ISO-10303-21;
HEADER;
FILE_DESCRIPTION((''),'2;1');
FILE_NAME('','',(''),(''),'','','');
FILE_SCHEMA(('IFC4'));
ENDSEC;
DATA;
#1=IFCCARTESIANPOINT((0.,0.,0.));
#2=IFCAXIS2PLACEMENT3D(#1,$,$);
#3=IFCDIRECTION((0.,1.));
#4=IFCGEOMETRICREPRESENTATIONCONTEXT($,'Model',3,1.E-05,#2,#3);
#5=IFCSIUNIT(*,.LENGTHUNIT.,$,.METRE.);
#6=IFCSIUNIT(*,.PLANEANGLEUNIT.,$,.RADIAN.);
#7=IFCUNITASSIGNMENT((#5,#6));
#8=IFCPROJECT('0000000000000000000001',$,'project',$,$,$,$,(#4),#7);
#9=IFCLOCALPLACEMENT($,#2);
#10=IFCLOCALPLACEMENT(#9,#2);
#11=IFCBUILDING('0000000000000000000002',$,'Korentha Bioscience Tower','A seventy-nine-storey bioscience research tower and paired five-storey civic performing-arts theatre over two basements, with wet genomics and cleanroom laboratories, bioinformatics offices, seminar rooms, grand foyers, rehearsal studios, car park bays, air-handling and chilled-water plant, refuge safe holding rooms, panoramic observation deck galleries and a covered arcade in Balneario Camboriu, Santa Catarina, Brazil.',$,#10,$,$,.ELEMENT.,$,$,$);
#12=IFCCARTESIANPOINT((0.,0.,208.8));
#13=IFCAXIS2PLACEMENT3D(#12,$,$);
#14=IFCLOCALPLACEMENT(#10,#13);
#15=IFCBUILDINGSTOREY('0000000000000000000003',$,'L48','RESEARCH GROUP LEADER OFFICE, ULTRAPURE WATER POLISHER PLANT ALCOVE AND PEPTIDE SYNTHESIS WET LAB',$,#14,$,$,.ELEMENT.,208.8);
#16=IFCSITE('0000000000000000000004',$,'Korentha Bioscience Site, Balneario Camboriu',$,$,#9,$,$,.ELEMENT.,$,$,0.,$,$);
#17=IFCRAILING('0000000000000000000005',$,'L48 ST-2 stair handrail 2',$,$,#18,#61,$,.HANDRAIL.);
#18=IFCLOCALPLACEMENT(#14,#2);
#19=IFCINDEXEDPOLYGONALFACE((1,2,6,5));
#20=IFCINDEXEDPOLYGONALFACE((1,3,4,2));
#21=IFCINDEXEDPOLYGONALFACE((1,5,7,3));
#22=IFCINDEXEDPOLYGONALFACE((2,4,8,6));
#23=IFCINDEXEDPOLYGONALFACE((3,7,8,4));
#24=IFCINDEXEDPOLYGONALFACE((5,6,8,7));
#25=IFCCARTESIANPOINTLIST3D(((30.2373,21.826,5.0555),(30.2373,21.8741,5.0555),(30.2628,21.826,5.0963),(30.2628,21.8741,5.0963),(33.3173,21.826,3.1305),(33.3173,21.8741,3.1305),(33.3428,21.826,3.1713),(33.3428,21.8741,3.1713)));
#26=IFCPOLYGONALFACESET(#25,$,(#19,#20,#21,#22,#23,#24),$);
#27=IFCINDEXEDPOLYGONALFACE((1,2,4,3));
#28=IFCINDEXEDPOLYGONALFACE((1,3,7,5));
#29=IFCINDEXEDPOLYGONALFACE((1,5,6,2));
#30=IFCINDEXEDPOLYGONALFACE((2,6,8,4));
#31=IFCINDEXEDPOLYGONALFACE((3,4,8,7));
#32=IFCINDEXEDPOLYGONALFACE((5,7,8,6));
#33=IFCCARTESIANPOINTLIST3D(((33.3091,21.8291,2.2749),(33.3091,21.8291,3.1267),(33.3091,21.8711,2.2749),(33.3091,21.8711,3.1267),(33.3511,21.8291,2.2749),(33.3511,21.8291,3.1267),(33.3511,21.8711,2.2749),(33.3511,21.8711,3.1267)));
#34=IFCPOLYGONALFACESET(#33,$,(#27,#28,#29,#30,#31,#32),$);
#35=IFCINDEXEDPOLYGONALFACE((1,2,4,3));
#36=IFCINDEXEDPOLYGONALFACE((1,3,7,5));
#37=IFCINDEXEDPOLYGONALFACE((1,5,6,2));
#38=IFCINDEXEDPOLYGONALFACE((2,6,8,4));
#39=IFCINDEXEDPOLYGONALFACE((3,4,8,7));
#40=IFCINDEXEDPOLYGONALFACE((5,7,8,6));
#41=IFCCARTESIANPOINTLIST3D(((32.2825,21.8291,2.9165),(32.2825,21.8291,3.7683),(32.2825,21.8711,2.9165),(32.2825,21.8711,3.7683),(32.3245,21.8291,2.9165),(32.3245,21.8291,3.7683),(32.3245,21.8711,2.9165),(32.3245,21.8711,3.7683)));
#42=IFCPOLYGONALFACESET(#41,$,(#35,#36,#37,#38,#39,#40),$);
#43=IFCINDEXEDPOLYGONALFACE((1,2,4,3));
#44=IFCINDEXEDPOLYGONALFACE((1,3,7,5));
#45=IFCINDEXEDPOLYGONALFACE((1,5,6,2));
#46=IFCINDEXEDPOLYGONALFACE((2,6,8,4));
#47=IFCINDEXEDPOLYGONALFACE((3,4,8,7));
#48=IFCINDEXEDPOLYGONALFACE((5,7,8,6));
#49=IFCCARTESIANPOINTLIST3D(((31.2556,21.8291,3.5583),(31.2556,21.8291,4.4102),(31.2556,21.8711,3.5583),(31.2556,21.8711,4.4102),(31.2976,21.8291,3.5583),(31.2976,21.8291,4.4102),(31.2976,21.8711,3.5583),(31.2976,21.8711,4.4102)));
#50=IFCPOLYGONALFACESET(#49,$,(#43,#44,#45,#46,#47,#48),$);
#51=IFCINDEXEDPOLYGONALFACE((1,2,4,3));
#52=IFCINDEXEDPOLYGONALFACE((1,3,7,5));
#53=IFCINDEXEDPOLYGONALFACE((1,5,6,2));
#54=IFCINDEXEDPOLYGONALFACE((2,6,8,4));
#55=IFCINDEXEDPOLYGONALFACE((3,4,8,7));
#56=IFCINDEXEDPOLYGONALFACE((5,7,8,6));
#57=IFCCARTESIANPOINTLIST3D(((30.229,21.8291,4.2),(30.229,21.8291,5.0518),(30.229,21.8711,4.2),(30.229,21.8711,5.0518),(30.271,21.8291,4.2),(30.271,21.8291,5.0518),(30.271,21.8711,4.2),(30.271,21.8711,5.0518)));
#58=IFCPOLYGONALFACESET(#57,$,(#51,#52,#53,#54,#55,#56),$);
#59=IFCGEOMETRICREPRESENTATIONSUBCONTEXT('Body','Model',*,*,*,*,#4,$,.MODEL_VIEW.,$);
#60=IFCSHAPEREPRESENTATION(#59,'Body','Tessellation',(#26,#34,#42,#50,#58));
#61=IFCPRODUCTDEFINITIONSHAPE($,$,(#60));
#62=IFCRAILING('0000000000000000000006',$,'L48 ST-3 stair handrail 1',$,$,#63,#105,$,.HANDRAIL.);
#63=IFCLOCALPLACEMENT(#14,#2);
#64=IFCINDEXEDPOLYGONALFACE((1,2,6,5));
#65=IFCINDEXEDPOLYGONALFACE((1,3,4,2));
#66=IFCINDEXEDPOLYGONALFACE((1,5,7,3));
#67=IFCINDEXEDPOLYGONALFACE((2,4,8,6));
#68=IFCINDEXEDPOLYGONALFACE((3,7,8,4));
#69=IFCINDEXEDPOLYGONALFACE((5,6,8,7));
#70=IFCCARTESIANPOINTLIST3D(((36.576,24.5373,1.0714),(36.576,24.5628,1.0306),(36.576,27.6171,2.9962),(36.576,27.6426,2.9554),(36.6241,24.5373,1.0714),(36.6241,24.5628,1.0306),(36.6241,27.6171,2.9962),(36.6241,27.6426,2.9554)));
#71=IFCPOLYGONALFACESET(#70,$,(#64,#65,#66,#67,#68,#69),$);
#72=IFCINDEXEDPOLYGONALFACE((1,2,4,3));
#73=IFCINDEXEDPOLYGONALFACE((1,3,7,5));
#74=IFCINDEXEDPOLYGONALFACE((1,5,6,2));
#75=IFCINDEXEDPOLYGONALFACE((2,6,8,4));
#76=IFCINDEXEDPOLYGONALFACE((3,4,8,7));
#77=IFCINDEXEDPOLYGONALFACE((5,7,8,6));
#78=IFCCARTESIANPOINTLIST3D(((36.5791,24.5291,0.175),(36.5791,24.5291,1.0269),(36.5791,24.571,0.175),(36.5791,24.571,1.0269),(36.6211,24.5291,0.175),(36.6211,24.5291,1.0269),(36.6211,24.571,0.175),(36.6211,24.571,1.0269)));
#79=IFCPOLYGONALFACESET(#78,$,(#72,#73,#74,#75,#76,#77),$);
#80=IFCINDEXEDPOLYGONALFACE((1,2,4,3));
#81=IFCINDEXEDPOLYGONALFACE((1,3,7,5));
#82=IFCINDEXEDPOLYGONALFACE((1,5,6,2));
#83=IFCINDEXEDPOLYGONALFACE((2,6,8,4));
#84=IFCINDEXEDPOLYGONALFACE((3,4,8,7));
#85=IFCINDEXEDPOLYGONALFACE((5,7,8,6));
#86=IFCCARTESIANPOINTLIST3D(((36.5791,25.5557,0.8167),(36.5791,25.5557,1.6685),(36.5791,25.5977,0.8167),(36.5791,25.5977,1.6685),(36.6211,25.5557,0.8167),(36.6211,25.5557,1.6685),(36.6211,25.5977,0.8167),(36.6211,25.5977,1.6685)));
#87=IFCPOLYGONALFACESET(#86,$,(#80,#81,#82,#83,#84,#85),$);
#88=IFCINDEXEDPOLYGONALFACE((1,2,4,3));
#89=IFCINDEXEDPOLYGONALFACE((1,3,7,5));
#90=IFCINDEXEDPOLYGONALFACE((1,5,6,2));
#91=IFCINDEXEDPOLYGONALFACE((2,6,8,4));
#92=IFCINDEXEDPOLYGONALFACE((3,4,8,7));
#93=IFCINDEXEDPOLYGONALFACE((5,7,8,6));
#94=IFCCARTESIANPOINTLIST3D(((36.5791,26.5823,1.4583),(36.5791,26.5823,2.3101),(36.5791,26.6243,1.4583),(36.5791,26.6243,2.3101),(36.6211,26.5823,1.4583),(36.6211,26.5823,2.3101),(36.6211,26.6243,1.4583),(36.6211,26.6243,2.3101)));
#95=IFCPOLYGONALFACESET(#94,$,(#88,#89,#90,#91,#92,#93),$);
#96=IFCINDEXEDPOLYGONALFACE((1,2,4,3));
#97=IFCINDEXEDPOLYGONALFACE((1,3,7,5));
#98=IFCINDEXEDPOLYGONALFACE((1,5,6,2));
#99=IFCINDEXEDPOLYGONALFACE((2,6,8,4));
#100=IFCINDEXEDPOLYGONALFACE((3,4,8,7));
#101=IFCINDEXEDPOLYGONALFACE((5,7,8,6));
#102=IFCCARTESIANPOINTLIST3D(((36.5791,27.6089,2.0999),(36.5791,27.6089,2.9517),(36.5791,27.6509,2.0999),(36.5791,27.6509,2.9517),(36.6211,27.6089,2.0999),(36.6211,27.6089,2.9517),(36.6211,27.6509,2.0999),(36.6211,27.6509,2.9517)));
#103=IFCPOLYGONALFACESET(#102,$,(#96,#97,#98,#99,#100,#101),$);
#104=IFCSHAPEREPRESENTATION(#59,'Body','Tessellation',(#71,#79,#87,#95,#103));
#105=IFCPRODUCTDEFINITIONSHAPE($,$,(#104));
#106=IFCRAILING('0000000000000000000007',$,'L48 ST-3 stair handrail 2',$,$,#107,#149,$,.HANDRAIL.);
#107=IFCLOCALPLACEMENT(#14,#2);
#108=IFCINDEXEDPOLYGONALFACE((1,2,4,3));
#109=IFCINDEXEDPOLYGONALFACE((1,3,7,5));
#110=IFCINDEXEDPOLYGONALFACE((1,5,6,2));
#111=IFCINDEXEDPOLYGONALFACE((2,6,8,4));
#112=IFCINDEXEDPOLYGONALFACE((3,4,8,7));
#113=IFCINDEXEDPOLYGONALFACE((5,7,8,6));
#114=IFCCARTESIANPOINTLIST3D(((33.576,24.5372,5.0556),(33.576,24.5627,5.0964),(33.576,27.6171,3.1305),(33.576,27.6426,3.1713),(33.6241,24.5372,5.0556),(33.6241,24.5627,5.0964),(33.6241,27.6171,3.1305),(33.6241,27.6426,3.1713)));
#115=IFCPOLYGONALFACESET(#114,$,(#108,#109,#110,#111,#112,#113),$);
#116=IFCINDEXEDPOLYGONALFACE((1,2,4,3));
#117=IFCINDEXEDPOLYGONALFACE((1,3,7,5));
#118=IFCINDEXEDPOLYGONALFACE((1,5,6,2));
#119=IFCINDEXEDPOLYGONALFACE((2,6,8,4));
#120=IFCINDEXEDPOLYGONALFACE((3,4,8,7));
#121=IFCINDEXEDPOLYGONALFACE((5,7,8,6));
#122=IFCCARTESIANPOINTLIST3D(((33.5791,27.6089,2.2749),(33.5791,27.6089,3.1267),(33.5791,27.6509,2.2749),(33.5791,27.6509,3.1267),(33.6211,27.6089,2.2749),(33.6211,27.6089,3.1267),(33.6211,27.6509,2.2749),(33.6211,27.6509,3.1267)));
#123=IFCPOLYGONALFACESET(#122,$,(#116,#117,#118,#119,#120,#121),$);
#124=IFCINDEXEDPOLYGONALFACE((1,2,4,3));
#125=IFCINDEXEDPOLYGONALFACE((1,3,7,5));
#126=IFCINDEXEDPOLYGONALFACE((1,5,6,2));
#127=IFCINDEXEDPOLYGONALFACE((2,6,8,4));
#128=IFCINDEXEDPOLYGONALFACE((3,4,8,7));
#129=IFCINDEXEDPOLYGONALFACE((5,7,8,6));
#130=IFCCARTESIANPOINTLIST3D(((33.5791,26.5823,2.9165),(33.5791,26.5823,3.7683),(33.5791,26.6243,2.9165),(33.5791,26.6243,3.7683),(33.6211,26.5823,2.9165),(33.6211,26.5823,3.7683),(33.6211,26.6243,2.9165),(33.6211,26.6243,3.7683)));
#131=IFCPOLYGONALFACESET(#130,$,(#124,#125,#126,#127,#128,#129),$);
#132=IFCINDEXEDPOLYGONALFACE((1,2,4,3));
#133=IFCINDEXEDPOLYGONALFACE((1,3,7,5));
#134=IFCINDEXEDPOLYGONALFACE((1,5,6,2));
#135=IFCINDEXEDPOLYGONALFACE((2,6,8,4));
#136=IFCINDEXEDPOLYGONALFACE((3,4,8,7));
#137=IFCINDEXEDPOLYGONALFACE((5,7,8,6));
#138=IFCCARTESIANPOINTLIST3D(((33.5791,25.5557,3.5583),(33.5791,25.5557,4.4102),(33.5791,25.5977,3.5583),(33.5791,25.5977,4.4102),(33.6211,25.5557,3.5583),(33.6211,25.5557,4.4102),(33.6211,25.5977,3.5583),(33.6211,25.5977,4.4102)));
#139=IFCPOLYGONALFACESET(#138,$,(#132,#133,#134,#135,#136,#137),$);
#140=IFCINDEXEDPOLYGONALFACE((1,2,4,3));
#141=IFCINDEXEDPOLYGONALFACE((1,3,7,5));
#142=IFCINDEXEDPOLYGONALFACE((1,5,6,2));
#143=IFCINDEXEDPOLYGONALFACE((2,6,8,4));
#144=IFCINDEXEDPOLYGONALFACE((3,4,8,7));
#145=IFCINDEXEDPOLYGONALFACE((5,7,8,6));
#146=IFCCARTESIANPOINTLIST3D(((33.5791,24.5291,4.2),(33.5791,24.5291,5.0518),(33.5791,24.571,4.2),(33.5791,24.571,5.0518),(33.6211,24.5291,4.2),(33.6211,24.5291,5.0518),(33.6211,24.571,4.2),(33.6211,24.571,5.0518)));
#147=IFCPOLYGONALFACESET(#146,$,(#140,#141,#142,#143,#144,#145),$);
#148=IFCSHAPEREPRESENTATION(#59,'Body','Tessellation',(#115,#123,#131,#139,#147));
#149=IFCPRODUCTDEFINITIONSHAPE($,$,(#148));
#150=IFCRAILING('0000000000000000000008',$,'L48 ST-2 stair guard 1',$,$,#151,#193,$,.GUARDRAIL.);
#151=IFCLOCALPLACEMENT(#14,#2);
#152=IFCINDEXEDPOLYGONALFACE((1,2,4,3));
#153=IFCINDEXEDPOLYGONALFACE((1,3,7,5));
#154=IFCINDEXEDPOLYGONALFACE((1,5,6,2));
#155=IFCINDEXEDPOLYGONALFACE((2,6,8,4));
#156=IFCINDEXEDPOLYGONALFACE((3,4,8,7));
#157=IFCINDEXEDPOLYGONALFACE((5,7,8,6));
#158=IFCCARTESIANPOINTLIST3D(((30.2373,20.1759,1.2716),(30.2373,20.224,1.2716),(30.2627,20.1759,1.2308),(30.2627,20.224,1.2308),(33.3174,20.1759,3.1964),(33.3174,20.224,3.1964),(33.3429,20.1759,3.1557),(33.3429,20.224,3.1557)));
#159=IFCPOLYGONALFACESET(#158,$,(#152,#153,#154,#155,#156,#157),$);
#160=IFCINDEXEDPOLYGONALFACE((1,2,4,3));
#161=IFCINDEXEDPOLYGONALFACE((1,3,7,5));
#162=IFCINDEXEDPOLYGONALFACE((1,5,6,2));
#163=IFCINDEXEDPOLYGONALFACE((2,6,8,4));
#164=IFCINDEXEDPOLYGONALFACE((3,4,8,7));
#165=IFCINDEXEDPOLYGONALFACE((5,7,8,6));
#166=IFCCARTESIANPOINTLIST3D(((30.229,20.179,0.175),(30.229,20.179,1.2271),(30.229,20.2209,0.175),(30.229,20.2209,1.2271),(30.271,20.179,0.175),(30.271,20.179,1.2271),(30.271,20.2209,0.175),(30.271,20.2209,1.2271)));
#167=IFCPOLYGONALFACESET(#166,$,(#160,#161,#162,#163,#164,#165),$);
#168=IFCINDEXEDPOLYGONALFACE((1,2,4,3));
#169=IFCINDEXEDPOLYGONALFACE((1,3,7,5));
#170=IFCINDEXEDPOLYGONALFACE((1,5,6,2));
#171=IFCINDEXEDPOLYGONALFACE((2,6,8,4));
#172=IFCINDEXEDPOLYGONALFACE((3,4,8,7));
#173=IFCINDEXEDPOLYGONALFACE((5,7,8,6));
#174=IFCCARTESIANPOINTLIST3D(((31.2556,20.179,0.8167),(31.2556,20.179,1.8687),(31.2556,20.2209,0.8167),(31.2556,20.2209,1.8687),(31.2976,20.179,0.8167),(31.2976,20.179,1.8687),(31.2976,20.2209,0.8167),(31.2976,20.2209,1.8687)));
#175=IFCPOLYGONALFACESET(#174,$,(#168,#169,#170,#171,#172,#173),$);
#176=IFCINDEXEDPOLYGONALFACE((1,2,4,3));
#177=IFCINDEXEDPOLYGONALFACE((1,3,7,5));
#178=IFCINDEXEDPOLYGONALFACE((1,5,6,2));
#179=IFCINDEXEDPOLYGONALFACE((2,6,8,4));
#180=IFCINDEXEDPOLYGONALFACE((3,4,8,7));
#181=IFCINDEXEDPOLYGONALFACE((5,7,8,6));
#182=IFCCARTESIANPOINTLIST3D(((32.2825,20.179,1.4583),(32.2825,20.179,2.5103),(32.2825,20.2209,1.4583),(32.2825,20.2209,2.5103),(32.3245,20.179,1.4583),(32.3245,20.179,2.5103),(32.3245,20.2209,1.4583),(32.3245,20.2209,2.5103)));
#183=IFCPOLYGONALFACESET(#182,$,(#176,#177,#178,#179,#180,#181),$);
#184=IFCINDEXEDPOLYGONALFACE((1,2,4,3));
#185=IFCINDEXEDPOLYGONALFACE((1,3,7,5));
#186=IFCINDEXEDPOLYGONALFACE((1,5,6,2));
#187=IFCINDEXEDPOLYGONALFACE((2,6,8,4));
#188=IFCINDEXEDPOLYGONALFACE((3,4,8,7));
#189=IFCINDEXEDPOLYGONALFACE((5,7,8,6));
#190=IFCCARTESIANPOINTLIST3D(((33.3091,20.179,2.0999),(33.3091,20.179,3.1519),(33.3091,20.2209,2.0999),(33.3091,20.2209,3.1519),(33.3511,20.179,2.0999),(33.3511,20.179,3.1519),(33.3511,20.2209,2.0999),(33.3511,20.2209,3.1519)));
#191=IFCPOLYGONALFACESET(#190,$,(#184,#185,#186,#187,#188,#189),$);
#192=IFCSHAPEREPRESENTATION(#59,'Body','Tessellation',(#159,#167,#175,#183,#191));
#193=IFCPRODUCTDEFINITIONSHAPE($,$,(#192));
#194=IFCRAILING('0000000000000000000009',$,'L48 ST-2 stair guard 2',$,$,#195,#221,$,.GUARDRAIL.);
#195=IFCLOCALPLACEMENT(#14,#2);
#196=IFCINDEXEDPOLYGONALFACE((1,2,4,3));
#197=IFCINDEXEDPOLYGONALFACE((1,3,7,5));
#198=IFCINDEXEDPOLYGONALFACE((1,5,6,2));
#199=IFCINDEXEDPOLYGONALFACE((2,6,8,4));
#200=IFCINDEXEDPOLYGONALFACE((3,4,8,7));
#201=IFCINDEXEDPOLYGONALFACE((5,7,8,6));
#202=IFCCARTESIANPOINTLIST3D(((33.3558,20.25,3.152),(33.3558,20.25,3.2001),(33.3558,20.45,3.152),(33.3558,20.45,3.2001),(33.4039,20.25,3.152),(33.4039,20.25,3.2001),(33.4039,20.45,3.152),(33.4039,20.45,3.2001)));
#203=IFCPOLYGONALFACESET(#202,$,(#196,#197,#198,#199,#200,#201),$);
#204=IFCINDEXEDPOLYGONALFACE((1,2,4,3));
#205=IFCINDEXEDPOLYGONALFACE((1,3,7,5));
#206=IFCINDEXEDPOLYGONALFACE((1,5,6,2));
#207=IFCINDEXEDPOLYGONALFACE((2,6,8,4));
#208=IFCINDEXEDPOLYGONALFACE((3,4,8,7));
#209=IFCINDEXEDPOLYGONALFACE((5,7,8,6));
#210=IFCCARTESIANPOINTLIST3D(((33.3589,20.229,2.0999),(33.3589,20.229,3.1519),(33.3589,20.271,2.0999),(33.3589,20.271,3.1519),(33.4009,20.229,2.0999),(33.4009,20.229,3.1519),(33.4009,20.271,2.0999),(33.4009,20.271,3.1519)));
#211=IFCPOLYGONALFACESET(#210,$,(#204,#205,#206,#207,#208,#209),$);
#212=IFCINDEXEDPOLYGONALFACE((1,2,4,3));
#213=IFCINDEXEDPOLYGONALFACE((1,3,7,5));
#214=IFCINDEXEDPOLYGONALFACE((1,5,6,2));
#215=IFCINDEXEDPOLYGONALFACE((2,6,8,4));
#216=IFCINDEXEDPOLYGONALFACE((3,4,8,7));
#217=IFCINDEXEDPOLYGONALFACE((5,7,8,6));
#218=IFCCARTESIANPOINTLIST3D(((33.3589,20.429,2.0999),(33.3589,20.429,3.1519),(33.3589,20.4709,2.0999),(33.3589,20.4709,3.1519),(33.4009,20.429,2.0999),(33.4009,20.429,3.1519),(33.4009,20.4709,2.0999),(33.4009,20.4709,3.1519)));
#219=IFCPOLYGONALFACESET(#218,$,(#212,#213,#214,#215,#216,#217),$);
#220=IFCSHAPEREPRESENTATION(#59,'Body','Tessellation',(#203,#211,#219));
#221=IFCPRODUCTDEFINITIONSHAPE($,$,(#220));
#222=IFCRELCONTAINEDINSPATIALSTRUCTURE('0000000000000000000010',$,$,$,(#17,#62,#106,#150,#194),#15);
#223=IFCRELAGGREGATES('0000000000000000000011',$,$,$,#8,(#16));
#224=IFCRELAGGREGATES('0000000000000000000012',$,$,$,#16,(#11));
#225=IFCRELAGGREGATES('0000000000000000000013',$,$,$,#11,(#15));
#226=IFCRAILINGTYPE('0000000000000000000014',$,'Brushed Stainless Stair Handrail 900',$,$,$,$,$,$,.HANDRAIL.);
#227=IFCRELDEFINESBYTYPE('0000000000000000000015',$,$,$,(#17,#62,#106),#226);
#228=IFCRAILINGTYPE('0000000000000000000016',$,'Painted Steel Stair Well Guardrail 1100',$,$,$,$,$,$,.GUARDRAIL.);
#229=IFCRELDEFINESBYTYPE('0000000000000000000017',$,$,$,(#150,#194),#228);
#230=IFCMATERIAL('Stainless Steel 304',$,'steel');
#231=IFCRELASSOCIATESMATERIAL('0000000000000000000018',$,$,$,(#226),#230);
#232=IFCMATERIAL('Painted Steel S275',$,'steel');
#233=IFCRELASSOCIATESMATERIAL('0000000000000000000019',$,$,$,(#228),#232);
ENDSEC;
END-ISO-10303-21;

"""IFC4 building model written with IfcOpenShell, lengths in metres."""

from ifc_helpers import new_model, si_unit, direction, frame, origin, origin_2d, place, context, subcontext, project, spatial, rectangle, extrude, material, type_object, element, save


model = new_model("IFC4")

# Units and contexts
model_context = context("Model", 3, precision=1e-05, world=origin(), true_north=direction((0.0, 1.0)))
body_context = subcontext(model_context, "Body", "Model", "MODEL_VIEW")
ifc_project = project(units=[si_unit("LENGTHUNIT", "METRE"), si_unit("PLANEANGLEUNIT", "RADIAN")], contexts=[model_context])

# Site, building, storey
site_placement = place(None, origin())
site = spatial("IfcSite", under=ifc_project, at=site_placement, Name="Korentha Bioscience Site, Balneario Camboriu", CompositionType="ELEMENT", RefElevation=0.0)
building_placement = place(site_placement, origin())
building = spatial("IfcBuilding", under=site, at=building_placement, Name="Korentha Bioscience Tower", Description="A seventy-nine-storey bioscience research tower and paired five-storey civic performing-arts theatre over two basements, with wet genomics and cleanroom laboratories, bioinformatics offices, seminar rooms, grand foyers, rehearsal studios, car park bays, air-handling and chilled-water plant, refuge safe holding rooms, panoramic observation deck galleries and a covered arcade in Balneario Camboriu, Santa Catarina, Brazil.", CompositionType="ELEMENT")
storey_placement = place(building_placement, frame((0.0, 0.0, 208.8)))
storey = spatial("IfcBuildingStorey", under=building, at=storey_placement, Name="L48", Description="RESEARCH GROUP LEADER OFFICE, ULTRAPURE WATER POLISHER PLANT ALCOVE AND PEPTIDE SYNTHESIS WET LAB", CompositionType="ELEMENT", Elevation=208.8)

# Railings
ifc_material_1 = material(Name="Stainless Steel 304", Category="steel")
railing_type_1 = type_object("IfcRailingType", Name="Brushed Stainless Stair Handrail 900", PredefinedType="HANDRAIL", material=ifc_material_1)
railing_1_placement = place(storey_placement, frame((33.3301, 21.8501, 2.2749)))
element("IfcRailing", 1, at=railing_1_placement, inside=storey, type_object=railing_type_1, Name="L48 ST-2 stair handrail 2", PredefinedType="HANDRAIL", context=body_context, shape_type="SweptSolid", body=[
    extrude(rectangle(XDim=0.0481, YDim=0.0481, at=origin_2d()), frame((0.0, 0.0, 0.876), z_axis=(-0.847998, 0.0, 0.529999), x_axis=(0.0, -1.0, 0.0)), (0.0, 0.0, 1.0), 3.6321),
    extrude(rectangle(XDim=0.042, YDim=0.042, at=origin_2d()), origin(), (0.0, 0.0, 1.0), 0.8518),
    extrude(rectangle(XDim=0.042, YDim=0.042, at=origin_2d()), frame((-1.0266, 0.0, 0.6416)), (0.0, 0.0, 1.0), 0.8518),
    extrude(rectangle(XDim=0.042, YDim=0.042, at=origin_2d()), frame((-2.0535, 0.0, 1.2834)), (0.0, 0.0, 1.0), 0.8518),
    extrude(rectangle(XDim=0.042, YDim=0.042, at=origin_2d()), frame((-3.0801, 0.0, 1.925)), (0.0, 0.0, 1.0), 0.8518),
])
railing_2_placement = place(storey_placement, frame((36.6001, 24.55, 0.175)))
element("IfcRailing", 2, at=railing_2_placement, inside=storey, type_object=railing_type_1, Name="L48 ST-3 stair handrail 1", PredefinedType="HANDRAIL", context=body_context, shape_type="SweptSolid", body=[
    extrude(rectangle(XDim=0.0481, YDim=0.0481, at=origin_2d()), frame((0.0, 0.0, 0.876), z_axis=(0.0, 0.84801, 0.529981), x_axis=(-1.0, 0.0, 0.0)), (0.0, 0.0, 1.0), 3.6318),
    extrude(rectangle(XDim=0.042, YDim=0.042, at=origin_2d()), origin(), (0.0, 0.0, 1.0), 0.8518),
    extrude(rectangle(XDim=0.042, YDim=0.042, at=origin_2d()), frame((0.0, 1.0266, 0.6416)), (0.0, 0.0, 1.0), 0.8518),
    extrude(rectangle(XDim=0.042, YDim=0.042, at=origin_2d()), frame((0.0, 2.0532, 1.2832)), (0.0, 0.0, 1.0), 0.8518),
    extrude(rectangle(XDim=0.042, YDim=0.042, at=origin_2d()), frame((0.0, 3.0798, 1.9248)), (0.0, 0.0, 1.0), 0.8518),
])
railing_3_placement = place(storey_placement, frame((33.6001, 27.6299, 2.2749)))
element("IfcRailing", 3, at=railing_3_placement, inside=storey, type_object=railing_type_1, Name="L48 ST-3 stair handrail 2", PredefinedType="HANDRAIL", context=body_context, shape_type="SweptSolid", body=[
    extrude(rectangle(XDim=0.0481, YDim=0.0481, at=origin_2d()), frame((0.0, 0.0, 0.876), z_axis=(0.0, -0.847979, 0.530029), x_axis=(1.0, 0.0, 0.0)), (0.0, 0.0, 1.0), 3.6321),
    extrude(rectangle(XDim=0.042, YDim=0.042, at=origin_2d()), origin(), (0.0, 0.0, 1.0), 0.8518),
    extrude(rectangle(XDim=0.042, YDim=0.042, at=origin_2d()), frame((0.0, -1.0266, 0.6416)), (0.0, 0.0, 1.0), 0.8518),
    extrude(rectangle(XDim=0.042, YDim=0.042, at=origin_2d()), frame((0.0, -2.0532, 1.2834)), (0.0, 0.0, 1.0), 0.8518),
    extrude(rectangle(XDim=0.042, YDim=0.042, at=origin_2d()), frame((0.0, -3.0798, 1.925)), (0.0, 0.0, 1.0), 0.8518),
])
ifc_material_2 = material(Name="Painted Steel S275", Category="steel")
railing_type_2 = type_object("IfcRailingType", Name="Painted Steel Stair Well Guardrail 1100", PredefinedType="GUARDRAIL", material=ifc_material_2)
railing_4_placement = place(storey_placement, frame((30.25, 20.2, 0.175)))
element("IfcRailing", 4, at=railing_4_placement, inside=storey, type_object=railing_type_2, Name="L48 ST-2 stair guard 1", PredefinedType="GUARDRAIL", context=body_context, shape_type="SweptSolid", body=[
    extrude(rectangle(XDim=0.0481, YDim=0.0481, at=origin_2d()), frame((0.0, 0.0, 1.0762), z_axis=(0.848029, 0.0, 0.529951), x_axis=(0.0, 1.0, 0.0)), (0.0, 0.0, 1.0), 3.6321),
    extrude(rectangle(XDim=0.042, YDim=0.042, at=origin_2d()), origin(), (0.0, 0.0, 1.0), 1.052),
    extrude(rectangle(XDim=0.042, YDim=0.042, at=origin_2d()), frame((1.0266, 0.0, 0.6416)), (0.0, 0.0, 1.0), 1.052),
    extrude(rectangle(XDim=0.042, YDim=0.042, at=origin_2d()), frame((2.0535, 0.0, 1.2832)), (0.0, 0.0, 1.0), 1.052),
    extrude(rectangle(XDim=0.042, YDim=0.042, at=origin_2d()), frame((3.0801, 0.0, 1.9248)), (0.0, 0.0, 1.0), 1.052),
])
railing_5_placement = place(storey_placement, frame((33.3799, 20.25, 2.0999)))
element("IfcRailing", 5, at=railing_5_placement, inside=storey, type_object=railing_type_2, Name="L48 ST-2 stair guard 2", PredefinedType="GUARDRAIL", context=body_context, shape_type="SweptSolid", body=[
    extrude(rectangle(XDim=0.0481, YDim=0.0481, at=origin_2d()), frame((0.0, 0.0, 1.0762), z_axis=(0.0, 1.0, 0.0), x_axis=(-1.0, 0.0, 0.0)), (0.0, 0.0, 1.0), 0.2),
    extrude(rectangle(XDim=0.042, YDim=0.042, at=origin_2d()), origin(), (0.0, 0.0, 1.0), 1.052),
    extrude(rectangle(XDim=0.042, YDim=0.042, at=origin_2d()), frame((0.0, 0.2, 0.0)), (0.0, 0.0, 1.0), 1.052),
])

save(model, "model.ifc")
